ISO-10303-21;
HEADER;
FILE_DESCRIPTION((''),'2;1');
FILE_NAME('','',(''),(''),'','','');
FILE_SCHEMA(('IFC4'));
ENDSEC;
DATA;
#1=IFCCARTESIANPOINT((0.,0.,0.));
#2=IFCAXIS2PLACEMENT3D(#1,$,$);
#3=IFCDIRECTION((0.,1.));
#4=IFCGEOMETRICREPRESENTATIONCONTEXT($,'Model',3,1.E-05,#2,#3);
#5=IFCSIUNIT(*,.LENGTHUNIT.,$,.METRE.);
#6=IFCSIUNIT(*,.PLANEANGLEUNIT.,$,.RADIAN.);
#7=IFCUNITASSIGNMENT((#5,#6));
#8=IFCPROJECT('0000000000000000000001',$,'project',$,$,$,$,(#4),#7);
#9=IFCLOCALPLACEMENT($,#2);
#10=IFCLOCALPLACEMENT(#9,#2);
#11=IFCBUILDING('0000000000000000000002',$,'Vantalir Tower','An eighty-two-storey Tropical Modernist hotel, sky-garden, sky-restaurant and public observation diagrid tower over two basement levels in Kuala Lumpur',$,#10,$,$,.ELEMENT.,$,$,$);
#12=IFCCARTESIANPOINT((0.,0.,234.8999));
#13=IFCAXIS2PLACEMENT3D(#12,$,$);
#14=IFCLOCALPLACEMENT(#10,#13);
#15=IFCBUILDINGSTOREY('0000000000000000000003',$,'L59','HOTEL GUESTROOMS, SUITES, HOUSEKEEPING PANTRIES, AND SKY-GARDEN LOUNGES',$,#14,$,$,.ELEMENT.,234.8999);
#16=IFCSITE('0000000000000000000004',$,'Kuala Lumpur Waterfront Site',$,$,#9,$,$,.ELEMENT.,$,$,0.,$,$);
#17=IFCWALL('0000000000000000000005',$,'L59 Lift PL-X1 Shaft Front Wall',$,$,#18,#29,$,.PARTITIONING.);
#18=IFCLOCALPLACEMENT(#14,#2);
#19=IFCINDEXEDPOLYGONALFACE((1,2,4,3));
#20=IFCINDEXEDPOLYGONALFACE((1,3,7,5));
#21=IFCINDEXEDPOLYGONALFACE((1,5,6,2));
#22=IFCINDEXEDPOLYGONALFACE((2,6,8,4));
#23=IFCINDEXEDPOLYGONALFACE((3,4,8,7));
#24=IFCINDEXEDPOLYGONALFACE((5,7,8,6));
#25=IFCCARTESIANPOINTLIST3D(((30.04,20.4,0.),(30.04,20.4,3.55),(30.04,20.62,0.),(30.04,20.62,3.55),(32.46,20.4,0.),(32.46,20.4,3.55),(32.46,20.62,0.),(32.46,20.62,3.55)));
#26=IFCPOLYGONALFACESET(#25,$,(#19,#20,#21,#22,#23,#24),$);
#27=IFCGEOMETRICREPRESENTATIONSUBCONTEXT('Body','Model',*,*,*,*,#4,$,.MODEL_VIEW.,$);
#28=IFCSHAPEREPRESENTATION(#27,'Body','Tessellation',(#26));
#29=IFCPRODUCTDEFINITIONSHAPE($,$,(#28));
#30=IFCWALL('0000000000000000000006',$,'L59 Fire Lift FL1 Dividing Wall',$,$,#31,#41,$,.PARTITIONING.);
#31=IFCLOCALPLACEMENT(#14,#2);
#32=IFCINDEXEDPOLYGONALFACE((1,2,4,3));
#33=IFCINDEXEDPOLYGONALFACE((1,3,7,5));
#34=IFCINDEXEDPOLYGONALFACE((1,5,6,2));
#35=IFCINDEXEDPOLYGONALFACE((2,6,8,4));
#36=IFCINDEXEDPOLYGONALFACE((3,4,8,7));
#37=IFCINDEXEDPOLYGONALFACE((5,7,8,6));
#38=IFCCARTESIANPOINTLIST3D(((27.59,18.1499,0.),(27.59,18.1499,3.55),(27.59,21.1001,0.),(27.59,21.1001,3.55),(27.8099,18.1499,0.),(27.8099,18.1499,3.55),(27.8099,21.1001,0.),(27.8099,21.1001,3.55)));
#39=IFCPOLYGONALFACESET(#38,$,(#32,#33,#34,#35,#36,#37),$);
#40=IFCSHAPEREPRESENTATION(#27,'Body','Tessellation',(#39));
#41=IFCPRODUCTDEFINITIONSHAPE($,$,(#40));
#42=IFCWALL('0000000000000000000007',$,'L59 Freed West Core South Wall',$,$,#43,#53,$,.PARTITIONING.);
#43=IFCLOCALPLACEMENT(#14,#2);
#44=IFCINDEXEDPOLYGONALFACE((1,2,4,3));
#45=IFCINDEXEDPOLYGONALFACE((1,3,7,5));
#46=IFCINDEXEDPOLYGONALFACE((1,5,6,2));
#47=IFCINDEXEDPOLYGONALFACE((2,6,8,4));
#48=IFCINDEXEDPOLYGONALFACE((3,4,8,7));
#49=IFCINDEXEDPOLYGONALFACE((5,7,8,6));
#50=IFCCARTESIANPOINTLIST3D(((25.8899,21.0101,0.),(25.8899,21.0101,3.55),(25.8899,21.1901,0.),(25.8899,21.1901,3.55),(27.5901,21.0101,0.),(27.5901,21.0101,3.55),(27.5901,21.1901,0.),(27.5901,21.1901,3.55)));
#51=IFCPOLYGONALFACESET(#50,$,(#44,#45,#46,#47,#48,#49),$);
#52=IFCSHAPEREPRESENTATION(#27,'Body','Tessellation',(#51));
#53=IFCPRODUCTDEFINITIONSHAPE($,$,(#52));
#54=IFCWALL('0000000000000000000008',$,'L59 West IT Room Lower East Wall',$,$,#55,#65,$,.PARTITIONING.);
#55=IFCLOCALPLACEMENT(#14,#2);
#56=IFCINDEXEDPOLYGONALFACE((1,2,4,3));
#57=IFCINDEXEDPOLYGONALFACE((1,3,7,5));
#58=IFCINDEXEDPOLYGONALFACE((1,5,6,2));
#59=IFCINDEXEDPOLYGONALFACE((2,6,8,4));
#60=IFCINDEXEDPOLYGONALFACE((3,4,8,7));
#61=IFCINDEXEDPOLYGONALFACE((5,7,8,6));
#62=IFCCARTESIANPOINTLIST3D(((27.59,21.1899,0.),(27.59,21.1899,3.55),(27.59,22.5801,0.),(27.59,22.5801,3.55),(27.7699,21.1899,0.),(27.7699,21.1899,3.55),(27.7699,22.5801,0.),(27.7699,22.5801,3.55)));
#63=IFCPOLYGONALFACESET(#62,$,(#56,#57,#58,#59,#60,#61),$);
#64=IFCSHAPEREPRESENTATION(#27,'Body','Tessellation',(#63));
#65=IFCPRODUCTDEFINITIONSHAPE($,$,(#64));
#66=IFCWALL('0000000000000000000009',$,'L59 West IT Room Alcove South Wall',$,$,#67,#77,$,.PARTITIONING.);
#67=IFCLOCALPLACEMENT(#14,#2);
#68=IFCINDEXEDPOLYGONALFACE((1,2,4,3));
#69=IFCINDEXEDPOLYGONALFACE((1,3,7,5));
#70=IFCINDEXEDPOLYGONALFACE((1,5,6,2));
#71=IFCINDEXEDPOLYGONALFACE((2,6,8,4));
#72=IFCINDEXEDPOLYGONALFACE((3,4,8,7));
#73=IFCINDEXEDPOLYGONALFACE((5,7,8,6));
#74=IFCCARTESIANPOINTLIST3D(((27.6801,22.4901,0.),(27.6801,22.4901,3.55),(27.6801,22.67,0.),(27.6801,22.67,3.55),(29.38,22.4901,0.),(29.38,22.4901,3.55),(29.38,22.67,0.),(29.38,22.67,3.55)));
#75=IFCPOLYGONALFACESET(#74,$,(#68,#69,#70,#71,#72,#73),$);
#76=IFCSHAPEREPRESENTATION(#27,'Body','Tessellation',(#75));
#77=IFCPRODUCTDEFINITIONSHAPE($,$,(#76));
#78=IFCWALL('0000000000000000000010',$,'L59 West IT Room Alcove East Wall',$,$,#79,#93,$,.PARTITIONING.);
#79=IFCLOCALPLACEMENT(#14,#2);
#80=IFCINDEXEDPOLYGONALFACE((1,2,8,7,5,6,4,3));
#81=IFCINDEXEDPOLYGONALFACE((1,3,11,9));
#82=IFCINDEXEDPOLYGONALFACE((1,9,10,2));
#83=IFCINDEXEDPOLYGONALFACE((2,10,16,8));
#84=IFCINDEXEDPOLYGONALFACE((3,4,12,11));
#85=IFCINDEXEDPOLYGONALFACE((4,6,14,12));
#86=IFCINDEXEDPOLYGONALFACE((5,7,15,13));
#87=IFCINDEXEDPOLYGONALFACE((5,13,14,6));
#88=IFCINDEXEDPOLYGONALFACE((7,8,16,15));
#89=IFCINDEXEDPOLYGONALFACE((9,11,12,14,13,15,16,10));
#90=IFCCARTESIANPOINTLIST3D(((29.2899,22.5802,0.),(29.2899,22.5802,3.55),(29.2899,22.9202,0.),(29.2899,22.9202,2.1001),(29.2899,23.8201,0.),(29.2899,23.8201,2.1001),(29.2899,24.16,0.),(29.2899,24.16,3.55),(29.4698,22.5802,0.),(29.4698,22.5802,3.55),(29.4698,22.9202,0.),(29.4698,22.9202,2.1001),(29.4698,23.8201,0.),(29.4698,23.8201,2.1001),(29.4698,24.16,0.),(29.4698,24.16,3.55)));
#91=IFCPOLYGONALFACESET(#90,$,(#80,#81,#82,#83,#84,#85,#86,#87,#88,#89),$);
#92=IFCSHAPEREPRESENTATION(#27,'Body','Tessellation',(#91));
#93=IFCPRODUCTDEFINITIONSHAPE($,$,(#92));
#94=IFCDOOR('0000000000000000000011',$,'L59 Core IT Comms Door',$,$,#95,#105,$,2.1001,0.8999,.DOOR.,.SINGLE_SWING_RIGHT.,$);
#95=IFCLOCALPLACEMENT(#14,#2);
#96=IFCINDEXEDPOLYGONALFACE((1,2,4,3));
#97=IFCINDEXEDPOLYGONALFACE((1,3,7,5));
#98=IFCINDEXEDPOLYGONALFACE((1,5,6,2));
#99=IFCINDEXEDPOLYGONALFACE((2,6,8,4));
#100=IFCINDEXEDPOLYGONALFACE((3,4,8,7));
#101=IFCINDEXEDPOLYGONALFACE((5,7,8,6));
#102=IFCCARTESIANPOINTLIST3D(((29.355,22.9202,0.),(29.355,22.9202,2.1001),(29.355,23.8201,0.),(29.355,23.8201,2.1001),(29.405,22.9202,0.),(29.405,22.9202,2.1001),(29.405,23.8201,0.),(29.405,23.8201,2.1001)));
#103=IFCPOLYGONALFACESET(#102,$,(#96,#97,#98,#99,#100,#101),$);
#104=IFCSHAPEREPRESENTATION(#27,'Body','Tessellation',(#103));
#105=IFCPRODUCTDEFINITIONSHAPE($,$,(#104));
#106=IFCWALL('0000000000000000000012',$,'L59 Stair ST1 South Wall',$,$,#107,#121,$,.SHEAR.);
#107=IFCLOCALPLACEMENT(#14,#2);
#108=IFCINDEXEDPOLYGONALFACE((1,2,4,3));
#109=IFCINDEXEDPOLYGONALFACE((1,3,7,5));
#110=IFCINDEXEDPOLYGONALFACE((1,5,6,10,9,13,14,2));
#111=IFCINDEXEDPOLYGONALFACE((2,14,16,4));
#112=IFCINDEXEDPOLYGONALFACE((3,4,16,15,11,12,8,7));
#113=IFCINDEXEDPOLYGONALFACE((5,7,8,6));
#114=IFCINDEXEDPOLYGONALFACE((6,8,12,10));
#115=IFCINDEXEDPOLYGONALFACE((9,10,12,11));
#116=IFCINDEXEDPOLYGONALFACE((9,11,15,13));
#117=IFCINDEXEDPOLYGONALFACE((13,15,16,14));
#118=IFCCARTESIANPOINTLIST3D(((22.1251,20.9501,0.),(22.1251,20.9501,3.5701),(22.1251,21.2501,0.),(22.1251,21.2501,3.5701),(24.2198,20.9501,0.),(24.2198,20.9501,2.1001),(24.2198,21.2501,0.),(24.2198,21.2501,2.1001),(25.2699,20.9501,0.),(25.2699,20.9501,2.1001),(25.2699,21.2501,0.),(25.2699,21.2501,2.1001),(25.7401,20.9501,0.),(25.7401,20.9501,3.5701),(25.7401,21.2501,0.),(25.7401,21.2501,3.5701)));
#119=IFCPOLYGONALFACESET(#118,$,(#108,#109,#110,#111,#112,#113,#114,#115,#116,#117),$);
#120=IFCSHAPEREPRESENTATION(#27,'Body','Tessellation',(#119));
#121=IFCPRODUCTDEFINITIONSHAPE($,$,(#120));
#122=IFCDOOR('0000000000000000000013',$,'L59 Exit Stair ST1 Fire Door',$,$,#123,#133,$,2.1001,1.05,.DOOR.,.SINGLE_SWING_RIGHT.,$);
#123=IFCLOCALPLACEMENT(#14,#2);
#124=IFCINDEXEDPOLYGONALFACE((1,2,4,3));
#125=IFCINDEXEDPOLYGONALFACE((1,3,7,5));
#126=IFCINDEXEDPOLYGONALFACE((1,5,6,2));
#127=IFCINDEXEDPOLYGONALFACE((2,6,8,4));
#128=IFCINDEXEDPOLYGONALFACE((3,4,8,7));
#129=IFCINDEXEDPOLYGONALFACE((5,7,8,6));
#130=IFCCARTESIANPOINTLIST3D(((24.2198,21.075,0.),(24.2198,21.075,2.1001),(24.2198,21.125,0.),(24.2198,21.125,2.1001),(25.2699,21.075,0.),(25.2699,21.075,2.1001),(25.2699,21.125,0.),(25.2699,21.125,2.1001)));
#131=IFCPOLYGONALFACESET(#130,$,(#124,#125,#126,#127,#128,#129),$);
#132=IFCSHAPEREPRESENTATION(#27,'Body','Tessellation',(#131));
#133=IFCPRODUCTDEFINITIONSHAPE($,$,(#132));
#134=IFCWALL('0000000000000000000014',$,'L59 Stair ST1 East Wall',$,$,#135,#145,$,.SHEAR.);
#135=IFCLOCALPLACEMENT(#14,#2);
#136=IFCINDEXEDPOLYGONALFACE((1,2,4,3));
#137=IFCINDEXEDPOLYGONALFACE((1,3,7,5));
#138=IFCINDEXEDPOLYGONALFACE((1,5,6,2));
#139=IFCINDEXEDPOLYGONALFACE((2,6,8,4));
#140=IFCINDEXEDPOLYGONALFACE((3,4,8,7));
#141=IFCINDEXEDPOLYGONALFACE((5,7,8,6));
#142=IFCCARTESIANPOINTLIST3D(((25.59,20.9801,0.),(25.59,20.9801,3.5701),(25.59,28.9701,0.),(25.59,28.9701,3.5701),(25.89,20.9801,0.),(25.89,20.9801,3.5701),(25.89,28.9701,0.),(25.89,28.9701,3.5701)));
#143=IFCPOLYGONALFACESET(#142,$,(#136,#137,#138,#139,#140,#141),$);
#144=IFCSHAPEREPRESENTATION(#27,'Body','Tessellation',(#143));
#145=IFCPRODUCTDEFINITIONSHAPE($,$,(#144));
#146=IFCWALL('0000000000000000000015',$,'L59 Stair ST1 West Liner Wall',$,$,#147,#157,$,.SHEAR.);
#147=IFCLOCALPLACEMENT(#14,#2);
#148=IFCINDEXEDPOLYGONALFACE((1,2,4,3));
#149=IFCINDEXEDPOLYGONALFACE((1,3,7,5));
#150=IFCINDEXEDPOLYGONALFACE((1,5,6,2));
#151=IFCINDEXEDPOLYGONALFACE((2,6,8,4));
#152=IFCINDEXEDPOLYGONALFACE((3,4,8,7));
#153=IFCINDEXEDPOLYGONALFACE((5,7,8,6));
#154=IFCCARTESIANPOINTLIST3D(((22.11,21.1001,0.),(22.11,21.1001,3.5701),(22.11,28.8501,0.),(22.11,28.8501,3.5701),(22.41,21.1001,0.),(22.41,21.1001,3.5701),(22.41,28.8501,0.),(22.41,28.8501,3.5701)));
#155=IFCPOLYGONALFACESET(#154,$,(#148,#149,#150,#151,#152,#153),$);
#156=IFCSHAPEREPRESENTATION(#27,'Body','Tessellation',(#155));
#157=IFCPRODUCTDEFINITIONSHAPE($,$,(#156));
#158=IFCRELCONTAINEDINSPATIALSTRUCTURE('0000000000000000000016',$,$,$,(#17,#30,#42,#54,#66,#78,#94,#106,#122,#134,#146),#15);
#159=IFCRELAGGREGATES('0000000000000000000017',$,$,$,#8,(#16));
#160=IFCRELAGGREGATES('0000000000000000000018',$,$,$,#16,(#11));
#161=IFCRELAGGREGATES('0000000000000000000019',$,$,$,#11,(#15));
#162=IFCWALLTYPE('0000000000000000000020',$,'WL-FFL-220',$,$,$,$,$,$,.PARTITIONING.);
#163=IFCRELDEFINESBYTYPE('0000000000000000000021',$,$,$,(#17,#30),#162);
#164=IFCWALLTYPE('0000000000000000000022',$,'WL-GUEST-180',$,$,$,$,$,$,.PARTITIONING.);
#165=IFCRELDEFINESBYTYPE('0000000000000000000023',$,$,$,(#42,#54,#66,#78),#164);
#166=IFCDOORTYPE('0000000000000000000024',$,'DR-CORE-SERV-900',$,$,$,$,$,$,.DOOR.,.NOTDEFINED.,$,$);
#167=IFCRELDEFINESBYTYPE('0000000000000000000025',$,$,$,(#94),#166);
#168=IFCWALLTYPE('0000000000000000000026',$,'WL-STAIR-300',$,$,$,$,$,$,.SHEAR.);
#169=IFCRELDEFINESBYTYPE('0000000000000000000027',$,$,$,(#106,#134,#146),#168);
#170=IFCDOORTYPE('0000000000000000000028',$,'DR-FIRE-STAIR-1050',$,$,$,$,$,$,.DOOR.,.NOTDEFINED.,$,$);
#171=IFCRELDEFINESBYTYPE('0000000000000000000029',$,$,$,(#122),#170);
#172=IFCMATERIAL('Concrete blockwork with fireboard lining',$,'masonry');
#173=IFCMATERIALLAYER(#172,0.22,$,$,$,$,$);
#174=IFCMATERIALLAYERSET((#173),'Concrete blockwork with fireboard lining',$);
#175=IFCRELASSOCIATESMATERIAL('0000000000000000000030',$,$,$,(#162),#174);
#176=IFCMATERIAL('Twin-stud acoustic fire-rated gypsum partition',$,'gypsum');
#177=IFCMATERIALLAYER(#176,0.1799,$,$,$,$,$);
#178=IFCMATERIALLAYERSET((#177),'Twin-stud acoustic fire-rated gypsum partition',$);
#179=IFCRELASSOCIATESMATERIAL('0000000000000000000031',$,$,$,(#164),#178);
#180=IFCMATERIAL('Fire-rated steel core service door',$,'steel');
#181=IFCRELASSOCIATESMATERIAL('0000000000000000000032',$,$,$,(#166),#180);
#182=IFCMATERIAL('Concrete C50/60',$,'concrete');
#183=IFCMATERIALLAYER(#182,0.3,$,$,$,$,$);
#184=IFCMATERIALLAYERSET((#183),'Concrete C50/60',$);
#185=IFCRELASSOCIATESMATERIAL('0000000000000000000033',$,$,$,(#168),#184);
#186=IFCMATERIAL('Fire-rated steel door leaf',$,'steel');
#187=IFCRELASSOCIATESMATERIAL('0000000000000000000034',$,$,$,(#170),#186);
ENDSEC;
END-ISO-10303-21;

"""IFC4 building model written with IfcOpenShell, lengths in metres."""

from ifc_helpers import new_model, si_unit, direction, frame, frame_2d, origin, place, context, subcontext, project, spatial, rectangle, extrude, material, layer, layer_set, type_object, element, fill, save


model = new_model("IFC4")

# Units and contexts
model_context = context("Model", 3, precision=1e-05, world=origin(), true_north=direction((0.0, 1.0)))
body_context = subcontext(model_context, "Body", "Model", "MODEL_VIEW")
ifc_project = project(units=[si_unit("LENGTHUNIT", "METRE"), si_unit("PLANEANGLEUNIT", "RADIAN")], contexts=[model_context])

# Site, building, storey
site_placement = place(None, origin())
site = spatial("IfcSite", under=ifc_project, at=site_placement, Name="Kuala Lumpur Waterfront Site", CompositionType="ELEMENT", RefElevation=0.0)
building_placement = place(site_placement, origin())
building = spatial("IfcBuilding", under=site, at=building_placement, Name="Vantalir Tower", Description="An eighty-two-storey Tropical Modernist hotel, sky-garden, sky-restaurant and public observation diagrid tower over two basement levels in Kuala Lumpur", CompositionType="ELEMENT")
storey_placement = place(building_placement, frame((0.0, 0.0, 234.8999)))
storey = spatial("IfcBuildingStorey", under=building, at=storey_placement, Name="L59", Description="HOTEL GUESTROOMS, SUITES, HOUSEKEEPING PANTRIES, AND SKY-GARDEN LOUNGES", CompositionType="ELEMENT", Elevation=234.8999)

# Shared definitions
ifc_material_1 = material(Name="Concrete C50/60", Category="concrete")

# Shared definitions
ifc_material_2 = material(Name="Concrete blockwork with fireboard lining", Category="masonry")
ifc_layer_1 = layer(ifc_material_2, 0.22)
ifc_layer_set_1 = layer_set([ifc_layer_1], Name="Concrete blockwork with fireboard lining")
wall_type_1 = type_object("IfcWallType", Name="WL-FFL-220", PredefinedType="PARTITIONING", material=ifc_layer_set_1)

# Walls
wall_1_placement = place(storey_placement, frame((30.04, 20.51, 0.0), z_axis=(0.0, 0.0, 1.0), x_axis=(1.0, 0.0, 0.0)))
element("IfcWall", 1, at=wall_1_placement, inside=storey, type_object=wall_type_1, Name="L59 Lift PL-X1 Shaft Front Wall", PredefinedType="PARTITIONING", context=body_context, shape_type="SweptSolid", body=[
    extrude(rectangle(XDim=2.4199, YDim=0.22, at=frame_2d((1.21, 0.0))), origin(), (0.0, 0.0, 1.0), 3.55),
])
wall_2_placement = place(storey_placement, frame((27.7, 18.1499, 0.0), z_axis=(0.0, 0.0, 1.0), x_axis=(0.0, 1.0, 0.0)))
element("IfcWall", 2, at=wall_2_placement, inside=storey, type_object=wall_type_1, Name="L59 Fire Lift FL1 Dividing Wall", PredefinedType="PARTITIONING", context=body_context, shape_type="SweptSolid", body=[
    extrude(rectangle(XDim=2.9502, YDim=0.22, at=frame_2d((1.4751, 0.0))), origin(), (0.0, 0.0, 1.0), 3.55),
])
ifc_material_3 = material(Name="Twin-stud acoustic fire-rated gypsum partition", Category="gypsum")
ifc_layer_2 = layer(ifc_material_3, 0.1799)
ifc_layer_set_2 = layer_set([ifc_layer_2], Name="Twin-stud acoustic fire-rated gypsum partition")
wall_type_2 = type_object("IfcWallType", Name="WL-GUEST-180", PredefinedType="PARTITIONING", material=ifc_layer_set_2)
wall_3_placement = place(storey_placement, frame((25.8899, 21.1001, 0.0), z_axis=(0.0, 0.0, 1.0), x_axis=(1.0, 0.0, 0.0)))
element("IfcWall", 3, at=wall_3_placement, inside=storey, type_object=wall_type_2, Name="L59 Freed West Core South Wall", PredefinedType="PARTITIONING", context=body_context, shape_type="SweptSolid", body=[
    extrude(rectangle(XDim=1.7002, YDim=0.1799, at=frame_2d((0.8501, 0.0))), origin(), (0.0, 0.0, 1.0), 3.55),
])
wall_4_placement = place(storey_placement, frame((27.6799, 21.1899, 0.0), z_axis=(0.0, 0.0, 1.0), x_axis=(0.0, 1.0, 0.0)))
element("IfcWall", 4, at=wall_4_placement, inside=storey, type_object=wall_type_2, Name="L59 West IT Room Lower East Wall", PredefinedType="PARTITIONING", context=body_context, shape_type="SweptSolid", body=[
    extrude(rectangle(XDim=1.3901, YDim=0.1799, at=frame_2d((0.6951, 0.0))), origin(), (0.0, 0.0, 1.0), 3.55),
])
wall_5_placement = place(storey_placement, frame((27.6799, 22.5801, 0.0), z_axis=(0.0, 0.0, 1.0), x_axis=(1.0, 0.0, 0.0)))
element("IfcWall", 5, at=wall_5_placement, inside=storey, type_object=wall_type_2, Name="L59 West IT Room Alcove South Wall", PredefinedType="PARTITIONING", context=body_context, shape_type="SweptSolid", body=[
    extrude(rectangle(XDim=1.7, YDim=0.1799, at=frame_2d((0.8501, 0.0))), origin(), (0.0, 0.0, 1.0), 3.55),
])

# Walls, openings, doors
wall_6_placement = place(storey_placement, frame((29.3799, 22.5801, 0.0), z_axis=(0.0, 0.0, 1.0), x_axis=(0.0, 1.0, 0.0)))
wall_6 = element("IfcWall", 6, at=wall_6_placement, inside=storey, type_object=wall_type_2, Name="L59 West IT Room Alcove East Wall", PredefinedType="PARTITIONING", context=body_context, shape_type="SweptSolid", body=[
    extrude(rectangle(XDim=1.5798, YDim=0.1799, at=frame_2d((0.79, 0.0))), origin(), (0.0, 0.0, 1.0), 3.55),
])
opening_1_placement = place(wall_6_placement, frame((0.3401, 0.0, 0.0)))
opening_1 = element("IfcOpeningElement", 7, at=opening_1_placement, cuts=wall_6, PredefinedType="OPENING", context=body_context, shape_type="SweptSolid", body=[
    extrude(rectangle(XDim=0.8999, YDim=2.1001, at=frame_2d((0.45, 1.05))), frame((0.0, 0.0999, 0.0), z_axis=(0.0, -1.0, 0.0), x_axis=(1.0, 0.0, 0.0)), (0.0, 0.0, 1.0), 0.2),
])
ifc_material_4 = material(Name="Fire-rated steel core service door", Category="steel")
door_type_1 = type_object("IfcDoorType", Name="DR-CORE-SERV-900", OperationType="NOTDEFINED", PredefinedType="DOOR", material=ifc_material_4)
door_1_placement = place(opening_1_placement, origin())
door_1 = element("IfcDoor", 8, at=door_1_placement, inside=storey, type_object=door_type_1, Name="L59 Core IT Comms Door", OperationType="SINGLE_SWING_RIGHT", OverallHeight=2.1001, OverallWidth=0.8999, PredefinedType="DOOR", context=body_context, shape_type="SweptSolid", body=[
    extrude(rectangle(XDim=0.8999, YDim=2.1001, at=frame_2d((0.45, 1.05))), frame((0.0, 0.0249, 0.0), z_axis=(0.0, -1.0, 0.0), x_axis=(1.0, 0.0, 0.0)), (0.0, 0.0, 1.0), 0.05),
])
fill(opening_1, door_1)
ifc_layer_3 = layer(ifc_material_1, 0.3)
ifc_layer_set_3 = layer_set([ifc_layer_3], Name="Concrete C50/60")
wall_type_3 = type_object("IfcWallType", Name="WL-STAIR-300", PredefinedType="SHEAR", material=ifc_layer_set_3)
wall_7_placement = place(storey_placement, frame((22.125, 21.1001, 0.0), z_axis=(0.0, 0.0, 1.0), x_axis=(1.0, 0.0, 0.0)))
wall_7 = element("IfcWall", 9, at=wall_7_placement, inside=storey, type_object=wall_type_3, Name="L59 Stair ST1 South Wall", PredefinedType="SHEAR", context=body_context, shape_type="SweptSolid", body=[
    extrude(rectangle(XDim=3.615, YDim=0.3, at=frame_2d((1.8076, 0.0))), origin(), (0.0, 0.0, 1.0), 3.5701),
])
opening_2_placement = place(wall_7_placement, frame((2.095, 0.0, 0.0)))
opening_2 = element("IfcOpeningElement", 10, at=opening_2_placement, cuts=wall_7, PredefinedType="OPENING", context=body_context, shape_type="SweptSolid", body=[
    extrude(rectangle(XDim=1.05, YDim=2.1001, at=frame_2d((0.5249, 1.05))), frame((0.0, 0.1599, 0.0), z_axis=(0.0, -1.0, 0.0), x_axis=(1.0, 0.0, 0.0)), (0.0, 0.0, 1.0), 0.3201),
])
ifc_material_5 = material(Name="Fire-rated steel door leaf", Category="steel")
door_type_2 = type_object("IfcDoorType", Name="DR-FIRE-STAIR-1050", OperationType="NOTDEFINED", PredefinedType="DOOR", material=ifc_material_5)
door_2_placement = place(opening_2_placement, origin())
door_2 = element("IfcDoor", 11, at=door_2_placement, inside=storey, type_object=door_type_2, Name="L59 Exit Stair ST1 Fire Door", OperationType="SINGLE_SWING_RIGHT", OverallHeight=2.1001, OverallWidth=1.05, PredefinedType="DOOR", context=body_context, shape_type="SweptSolid", body=[
    extrude(rectangle(XDim=1.05, YDim=2.1001, at=frame_2d((0.5249, 1.05))), frame((0.0, 0.0249, 0.0), z_axis=(0.0, -1.0, 0.0), x_axis=(1.0, 0.0, 0.0)), (0.0, 0.0, 1.0), 0.05),
])
fill(opening_2, door_2)

# Walls
wall_8_placement = place(storey_placement, frame((25.74, 20.98, 0.0), z_axis=(0.0, 0.0, 1.0), x_axis=(0.0, 1.0, 0.0)))
element("IfcWall", 12, at=wall_8_placement, inside=storey, type_object=wall_type_3, Name="L59 Stair ST1 East Wall", PredefinedType="SHEAR", context=body_context, shape_type="SweptSolid", body=[
    extrude(rectangle(XDim=7.99, YDim=0.3, at=frame_2d((3.9951, 0.0))), origin(), (0.0, 0.0, 1.0), 3.5701),
])
wall_9_placement = place(storey_placement, frame((22.26, 21.1001, 0.0), z_axis=(0.0, 0.0, 1.0), x_axis=(0.0, 1.0, 0.0)))
element("IfcWall", 13, at=wall_9_placement, inside=storey, type_object=wall_type_3, Name="L59 Stair ST1 West Liner Wall", PredefinedType="SHEAR", context=body_context, shape_type="SweptSolid", body=[
    extrude(rectangle(XDim=7.75, YDim=0.3, at=frame_2d((3.875, 0.0))), origin(), (0.0, 0.0, 1.0), 3.5701),
])

save(model, "model.ifc")
